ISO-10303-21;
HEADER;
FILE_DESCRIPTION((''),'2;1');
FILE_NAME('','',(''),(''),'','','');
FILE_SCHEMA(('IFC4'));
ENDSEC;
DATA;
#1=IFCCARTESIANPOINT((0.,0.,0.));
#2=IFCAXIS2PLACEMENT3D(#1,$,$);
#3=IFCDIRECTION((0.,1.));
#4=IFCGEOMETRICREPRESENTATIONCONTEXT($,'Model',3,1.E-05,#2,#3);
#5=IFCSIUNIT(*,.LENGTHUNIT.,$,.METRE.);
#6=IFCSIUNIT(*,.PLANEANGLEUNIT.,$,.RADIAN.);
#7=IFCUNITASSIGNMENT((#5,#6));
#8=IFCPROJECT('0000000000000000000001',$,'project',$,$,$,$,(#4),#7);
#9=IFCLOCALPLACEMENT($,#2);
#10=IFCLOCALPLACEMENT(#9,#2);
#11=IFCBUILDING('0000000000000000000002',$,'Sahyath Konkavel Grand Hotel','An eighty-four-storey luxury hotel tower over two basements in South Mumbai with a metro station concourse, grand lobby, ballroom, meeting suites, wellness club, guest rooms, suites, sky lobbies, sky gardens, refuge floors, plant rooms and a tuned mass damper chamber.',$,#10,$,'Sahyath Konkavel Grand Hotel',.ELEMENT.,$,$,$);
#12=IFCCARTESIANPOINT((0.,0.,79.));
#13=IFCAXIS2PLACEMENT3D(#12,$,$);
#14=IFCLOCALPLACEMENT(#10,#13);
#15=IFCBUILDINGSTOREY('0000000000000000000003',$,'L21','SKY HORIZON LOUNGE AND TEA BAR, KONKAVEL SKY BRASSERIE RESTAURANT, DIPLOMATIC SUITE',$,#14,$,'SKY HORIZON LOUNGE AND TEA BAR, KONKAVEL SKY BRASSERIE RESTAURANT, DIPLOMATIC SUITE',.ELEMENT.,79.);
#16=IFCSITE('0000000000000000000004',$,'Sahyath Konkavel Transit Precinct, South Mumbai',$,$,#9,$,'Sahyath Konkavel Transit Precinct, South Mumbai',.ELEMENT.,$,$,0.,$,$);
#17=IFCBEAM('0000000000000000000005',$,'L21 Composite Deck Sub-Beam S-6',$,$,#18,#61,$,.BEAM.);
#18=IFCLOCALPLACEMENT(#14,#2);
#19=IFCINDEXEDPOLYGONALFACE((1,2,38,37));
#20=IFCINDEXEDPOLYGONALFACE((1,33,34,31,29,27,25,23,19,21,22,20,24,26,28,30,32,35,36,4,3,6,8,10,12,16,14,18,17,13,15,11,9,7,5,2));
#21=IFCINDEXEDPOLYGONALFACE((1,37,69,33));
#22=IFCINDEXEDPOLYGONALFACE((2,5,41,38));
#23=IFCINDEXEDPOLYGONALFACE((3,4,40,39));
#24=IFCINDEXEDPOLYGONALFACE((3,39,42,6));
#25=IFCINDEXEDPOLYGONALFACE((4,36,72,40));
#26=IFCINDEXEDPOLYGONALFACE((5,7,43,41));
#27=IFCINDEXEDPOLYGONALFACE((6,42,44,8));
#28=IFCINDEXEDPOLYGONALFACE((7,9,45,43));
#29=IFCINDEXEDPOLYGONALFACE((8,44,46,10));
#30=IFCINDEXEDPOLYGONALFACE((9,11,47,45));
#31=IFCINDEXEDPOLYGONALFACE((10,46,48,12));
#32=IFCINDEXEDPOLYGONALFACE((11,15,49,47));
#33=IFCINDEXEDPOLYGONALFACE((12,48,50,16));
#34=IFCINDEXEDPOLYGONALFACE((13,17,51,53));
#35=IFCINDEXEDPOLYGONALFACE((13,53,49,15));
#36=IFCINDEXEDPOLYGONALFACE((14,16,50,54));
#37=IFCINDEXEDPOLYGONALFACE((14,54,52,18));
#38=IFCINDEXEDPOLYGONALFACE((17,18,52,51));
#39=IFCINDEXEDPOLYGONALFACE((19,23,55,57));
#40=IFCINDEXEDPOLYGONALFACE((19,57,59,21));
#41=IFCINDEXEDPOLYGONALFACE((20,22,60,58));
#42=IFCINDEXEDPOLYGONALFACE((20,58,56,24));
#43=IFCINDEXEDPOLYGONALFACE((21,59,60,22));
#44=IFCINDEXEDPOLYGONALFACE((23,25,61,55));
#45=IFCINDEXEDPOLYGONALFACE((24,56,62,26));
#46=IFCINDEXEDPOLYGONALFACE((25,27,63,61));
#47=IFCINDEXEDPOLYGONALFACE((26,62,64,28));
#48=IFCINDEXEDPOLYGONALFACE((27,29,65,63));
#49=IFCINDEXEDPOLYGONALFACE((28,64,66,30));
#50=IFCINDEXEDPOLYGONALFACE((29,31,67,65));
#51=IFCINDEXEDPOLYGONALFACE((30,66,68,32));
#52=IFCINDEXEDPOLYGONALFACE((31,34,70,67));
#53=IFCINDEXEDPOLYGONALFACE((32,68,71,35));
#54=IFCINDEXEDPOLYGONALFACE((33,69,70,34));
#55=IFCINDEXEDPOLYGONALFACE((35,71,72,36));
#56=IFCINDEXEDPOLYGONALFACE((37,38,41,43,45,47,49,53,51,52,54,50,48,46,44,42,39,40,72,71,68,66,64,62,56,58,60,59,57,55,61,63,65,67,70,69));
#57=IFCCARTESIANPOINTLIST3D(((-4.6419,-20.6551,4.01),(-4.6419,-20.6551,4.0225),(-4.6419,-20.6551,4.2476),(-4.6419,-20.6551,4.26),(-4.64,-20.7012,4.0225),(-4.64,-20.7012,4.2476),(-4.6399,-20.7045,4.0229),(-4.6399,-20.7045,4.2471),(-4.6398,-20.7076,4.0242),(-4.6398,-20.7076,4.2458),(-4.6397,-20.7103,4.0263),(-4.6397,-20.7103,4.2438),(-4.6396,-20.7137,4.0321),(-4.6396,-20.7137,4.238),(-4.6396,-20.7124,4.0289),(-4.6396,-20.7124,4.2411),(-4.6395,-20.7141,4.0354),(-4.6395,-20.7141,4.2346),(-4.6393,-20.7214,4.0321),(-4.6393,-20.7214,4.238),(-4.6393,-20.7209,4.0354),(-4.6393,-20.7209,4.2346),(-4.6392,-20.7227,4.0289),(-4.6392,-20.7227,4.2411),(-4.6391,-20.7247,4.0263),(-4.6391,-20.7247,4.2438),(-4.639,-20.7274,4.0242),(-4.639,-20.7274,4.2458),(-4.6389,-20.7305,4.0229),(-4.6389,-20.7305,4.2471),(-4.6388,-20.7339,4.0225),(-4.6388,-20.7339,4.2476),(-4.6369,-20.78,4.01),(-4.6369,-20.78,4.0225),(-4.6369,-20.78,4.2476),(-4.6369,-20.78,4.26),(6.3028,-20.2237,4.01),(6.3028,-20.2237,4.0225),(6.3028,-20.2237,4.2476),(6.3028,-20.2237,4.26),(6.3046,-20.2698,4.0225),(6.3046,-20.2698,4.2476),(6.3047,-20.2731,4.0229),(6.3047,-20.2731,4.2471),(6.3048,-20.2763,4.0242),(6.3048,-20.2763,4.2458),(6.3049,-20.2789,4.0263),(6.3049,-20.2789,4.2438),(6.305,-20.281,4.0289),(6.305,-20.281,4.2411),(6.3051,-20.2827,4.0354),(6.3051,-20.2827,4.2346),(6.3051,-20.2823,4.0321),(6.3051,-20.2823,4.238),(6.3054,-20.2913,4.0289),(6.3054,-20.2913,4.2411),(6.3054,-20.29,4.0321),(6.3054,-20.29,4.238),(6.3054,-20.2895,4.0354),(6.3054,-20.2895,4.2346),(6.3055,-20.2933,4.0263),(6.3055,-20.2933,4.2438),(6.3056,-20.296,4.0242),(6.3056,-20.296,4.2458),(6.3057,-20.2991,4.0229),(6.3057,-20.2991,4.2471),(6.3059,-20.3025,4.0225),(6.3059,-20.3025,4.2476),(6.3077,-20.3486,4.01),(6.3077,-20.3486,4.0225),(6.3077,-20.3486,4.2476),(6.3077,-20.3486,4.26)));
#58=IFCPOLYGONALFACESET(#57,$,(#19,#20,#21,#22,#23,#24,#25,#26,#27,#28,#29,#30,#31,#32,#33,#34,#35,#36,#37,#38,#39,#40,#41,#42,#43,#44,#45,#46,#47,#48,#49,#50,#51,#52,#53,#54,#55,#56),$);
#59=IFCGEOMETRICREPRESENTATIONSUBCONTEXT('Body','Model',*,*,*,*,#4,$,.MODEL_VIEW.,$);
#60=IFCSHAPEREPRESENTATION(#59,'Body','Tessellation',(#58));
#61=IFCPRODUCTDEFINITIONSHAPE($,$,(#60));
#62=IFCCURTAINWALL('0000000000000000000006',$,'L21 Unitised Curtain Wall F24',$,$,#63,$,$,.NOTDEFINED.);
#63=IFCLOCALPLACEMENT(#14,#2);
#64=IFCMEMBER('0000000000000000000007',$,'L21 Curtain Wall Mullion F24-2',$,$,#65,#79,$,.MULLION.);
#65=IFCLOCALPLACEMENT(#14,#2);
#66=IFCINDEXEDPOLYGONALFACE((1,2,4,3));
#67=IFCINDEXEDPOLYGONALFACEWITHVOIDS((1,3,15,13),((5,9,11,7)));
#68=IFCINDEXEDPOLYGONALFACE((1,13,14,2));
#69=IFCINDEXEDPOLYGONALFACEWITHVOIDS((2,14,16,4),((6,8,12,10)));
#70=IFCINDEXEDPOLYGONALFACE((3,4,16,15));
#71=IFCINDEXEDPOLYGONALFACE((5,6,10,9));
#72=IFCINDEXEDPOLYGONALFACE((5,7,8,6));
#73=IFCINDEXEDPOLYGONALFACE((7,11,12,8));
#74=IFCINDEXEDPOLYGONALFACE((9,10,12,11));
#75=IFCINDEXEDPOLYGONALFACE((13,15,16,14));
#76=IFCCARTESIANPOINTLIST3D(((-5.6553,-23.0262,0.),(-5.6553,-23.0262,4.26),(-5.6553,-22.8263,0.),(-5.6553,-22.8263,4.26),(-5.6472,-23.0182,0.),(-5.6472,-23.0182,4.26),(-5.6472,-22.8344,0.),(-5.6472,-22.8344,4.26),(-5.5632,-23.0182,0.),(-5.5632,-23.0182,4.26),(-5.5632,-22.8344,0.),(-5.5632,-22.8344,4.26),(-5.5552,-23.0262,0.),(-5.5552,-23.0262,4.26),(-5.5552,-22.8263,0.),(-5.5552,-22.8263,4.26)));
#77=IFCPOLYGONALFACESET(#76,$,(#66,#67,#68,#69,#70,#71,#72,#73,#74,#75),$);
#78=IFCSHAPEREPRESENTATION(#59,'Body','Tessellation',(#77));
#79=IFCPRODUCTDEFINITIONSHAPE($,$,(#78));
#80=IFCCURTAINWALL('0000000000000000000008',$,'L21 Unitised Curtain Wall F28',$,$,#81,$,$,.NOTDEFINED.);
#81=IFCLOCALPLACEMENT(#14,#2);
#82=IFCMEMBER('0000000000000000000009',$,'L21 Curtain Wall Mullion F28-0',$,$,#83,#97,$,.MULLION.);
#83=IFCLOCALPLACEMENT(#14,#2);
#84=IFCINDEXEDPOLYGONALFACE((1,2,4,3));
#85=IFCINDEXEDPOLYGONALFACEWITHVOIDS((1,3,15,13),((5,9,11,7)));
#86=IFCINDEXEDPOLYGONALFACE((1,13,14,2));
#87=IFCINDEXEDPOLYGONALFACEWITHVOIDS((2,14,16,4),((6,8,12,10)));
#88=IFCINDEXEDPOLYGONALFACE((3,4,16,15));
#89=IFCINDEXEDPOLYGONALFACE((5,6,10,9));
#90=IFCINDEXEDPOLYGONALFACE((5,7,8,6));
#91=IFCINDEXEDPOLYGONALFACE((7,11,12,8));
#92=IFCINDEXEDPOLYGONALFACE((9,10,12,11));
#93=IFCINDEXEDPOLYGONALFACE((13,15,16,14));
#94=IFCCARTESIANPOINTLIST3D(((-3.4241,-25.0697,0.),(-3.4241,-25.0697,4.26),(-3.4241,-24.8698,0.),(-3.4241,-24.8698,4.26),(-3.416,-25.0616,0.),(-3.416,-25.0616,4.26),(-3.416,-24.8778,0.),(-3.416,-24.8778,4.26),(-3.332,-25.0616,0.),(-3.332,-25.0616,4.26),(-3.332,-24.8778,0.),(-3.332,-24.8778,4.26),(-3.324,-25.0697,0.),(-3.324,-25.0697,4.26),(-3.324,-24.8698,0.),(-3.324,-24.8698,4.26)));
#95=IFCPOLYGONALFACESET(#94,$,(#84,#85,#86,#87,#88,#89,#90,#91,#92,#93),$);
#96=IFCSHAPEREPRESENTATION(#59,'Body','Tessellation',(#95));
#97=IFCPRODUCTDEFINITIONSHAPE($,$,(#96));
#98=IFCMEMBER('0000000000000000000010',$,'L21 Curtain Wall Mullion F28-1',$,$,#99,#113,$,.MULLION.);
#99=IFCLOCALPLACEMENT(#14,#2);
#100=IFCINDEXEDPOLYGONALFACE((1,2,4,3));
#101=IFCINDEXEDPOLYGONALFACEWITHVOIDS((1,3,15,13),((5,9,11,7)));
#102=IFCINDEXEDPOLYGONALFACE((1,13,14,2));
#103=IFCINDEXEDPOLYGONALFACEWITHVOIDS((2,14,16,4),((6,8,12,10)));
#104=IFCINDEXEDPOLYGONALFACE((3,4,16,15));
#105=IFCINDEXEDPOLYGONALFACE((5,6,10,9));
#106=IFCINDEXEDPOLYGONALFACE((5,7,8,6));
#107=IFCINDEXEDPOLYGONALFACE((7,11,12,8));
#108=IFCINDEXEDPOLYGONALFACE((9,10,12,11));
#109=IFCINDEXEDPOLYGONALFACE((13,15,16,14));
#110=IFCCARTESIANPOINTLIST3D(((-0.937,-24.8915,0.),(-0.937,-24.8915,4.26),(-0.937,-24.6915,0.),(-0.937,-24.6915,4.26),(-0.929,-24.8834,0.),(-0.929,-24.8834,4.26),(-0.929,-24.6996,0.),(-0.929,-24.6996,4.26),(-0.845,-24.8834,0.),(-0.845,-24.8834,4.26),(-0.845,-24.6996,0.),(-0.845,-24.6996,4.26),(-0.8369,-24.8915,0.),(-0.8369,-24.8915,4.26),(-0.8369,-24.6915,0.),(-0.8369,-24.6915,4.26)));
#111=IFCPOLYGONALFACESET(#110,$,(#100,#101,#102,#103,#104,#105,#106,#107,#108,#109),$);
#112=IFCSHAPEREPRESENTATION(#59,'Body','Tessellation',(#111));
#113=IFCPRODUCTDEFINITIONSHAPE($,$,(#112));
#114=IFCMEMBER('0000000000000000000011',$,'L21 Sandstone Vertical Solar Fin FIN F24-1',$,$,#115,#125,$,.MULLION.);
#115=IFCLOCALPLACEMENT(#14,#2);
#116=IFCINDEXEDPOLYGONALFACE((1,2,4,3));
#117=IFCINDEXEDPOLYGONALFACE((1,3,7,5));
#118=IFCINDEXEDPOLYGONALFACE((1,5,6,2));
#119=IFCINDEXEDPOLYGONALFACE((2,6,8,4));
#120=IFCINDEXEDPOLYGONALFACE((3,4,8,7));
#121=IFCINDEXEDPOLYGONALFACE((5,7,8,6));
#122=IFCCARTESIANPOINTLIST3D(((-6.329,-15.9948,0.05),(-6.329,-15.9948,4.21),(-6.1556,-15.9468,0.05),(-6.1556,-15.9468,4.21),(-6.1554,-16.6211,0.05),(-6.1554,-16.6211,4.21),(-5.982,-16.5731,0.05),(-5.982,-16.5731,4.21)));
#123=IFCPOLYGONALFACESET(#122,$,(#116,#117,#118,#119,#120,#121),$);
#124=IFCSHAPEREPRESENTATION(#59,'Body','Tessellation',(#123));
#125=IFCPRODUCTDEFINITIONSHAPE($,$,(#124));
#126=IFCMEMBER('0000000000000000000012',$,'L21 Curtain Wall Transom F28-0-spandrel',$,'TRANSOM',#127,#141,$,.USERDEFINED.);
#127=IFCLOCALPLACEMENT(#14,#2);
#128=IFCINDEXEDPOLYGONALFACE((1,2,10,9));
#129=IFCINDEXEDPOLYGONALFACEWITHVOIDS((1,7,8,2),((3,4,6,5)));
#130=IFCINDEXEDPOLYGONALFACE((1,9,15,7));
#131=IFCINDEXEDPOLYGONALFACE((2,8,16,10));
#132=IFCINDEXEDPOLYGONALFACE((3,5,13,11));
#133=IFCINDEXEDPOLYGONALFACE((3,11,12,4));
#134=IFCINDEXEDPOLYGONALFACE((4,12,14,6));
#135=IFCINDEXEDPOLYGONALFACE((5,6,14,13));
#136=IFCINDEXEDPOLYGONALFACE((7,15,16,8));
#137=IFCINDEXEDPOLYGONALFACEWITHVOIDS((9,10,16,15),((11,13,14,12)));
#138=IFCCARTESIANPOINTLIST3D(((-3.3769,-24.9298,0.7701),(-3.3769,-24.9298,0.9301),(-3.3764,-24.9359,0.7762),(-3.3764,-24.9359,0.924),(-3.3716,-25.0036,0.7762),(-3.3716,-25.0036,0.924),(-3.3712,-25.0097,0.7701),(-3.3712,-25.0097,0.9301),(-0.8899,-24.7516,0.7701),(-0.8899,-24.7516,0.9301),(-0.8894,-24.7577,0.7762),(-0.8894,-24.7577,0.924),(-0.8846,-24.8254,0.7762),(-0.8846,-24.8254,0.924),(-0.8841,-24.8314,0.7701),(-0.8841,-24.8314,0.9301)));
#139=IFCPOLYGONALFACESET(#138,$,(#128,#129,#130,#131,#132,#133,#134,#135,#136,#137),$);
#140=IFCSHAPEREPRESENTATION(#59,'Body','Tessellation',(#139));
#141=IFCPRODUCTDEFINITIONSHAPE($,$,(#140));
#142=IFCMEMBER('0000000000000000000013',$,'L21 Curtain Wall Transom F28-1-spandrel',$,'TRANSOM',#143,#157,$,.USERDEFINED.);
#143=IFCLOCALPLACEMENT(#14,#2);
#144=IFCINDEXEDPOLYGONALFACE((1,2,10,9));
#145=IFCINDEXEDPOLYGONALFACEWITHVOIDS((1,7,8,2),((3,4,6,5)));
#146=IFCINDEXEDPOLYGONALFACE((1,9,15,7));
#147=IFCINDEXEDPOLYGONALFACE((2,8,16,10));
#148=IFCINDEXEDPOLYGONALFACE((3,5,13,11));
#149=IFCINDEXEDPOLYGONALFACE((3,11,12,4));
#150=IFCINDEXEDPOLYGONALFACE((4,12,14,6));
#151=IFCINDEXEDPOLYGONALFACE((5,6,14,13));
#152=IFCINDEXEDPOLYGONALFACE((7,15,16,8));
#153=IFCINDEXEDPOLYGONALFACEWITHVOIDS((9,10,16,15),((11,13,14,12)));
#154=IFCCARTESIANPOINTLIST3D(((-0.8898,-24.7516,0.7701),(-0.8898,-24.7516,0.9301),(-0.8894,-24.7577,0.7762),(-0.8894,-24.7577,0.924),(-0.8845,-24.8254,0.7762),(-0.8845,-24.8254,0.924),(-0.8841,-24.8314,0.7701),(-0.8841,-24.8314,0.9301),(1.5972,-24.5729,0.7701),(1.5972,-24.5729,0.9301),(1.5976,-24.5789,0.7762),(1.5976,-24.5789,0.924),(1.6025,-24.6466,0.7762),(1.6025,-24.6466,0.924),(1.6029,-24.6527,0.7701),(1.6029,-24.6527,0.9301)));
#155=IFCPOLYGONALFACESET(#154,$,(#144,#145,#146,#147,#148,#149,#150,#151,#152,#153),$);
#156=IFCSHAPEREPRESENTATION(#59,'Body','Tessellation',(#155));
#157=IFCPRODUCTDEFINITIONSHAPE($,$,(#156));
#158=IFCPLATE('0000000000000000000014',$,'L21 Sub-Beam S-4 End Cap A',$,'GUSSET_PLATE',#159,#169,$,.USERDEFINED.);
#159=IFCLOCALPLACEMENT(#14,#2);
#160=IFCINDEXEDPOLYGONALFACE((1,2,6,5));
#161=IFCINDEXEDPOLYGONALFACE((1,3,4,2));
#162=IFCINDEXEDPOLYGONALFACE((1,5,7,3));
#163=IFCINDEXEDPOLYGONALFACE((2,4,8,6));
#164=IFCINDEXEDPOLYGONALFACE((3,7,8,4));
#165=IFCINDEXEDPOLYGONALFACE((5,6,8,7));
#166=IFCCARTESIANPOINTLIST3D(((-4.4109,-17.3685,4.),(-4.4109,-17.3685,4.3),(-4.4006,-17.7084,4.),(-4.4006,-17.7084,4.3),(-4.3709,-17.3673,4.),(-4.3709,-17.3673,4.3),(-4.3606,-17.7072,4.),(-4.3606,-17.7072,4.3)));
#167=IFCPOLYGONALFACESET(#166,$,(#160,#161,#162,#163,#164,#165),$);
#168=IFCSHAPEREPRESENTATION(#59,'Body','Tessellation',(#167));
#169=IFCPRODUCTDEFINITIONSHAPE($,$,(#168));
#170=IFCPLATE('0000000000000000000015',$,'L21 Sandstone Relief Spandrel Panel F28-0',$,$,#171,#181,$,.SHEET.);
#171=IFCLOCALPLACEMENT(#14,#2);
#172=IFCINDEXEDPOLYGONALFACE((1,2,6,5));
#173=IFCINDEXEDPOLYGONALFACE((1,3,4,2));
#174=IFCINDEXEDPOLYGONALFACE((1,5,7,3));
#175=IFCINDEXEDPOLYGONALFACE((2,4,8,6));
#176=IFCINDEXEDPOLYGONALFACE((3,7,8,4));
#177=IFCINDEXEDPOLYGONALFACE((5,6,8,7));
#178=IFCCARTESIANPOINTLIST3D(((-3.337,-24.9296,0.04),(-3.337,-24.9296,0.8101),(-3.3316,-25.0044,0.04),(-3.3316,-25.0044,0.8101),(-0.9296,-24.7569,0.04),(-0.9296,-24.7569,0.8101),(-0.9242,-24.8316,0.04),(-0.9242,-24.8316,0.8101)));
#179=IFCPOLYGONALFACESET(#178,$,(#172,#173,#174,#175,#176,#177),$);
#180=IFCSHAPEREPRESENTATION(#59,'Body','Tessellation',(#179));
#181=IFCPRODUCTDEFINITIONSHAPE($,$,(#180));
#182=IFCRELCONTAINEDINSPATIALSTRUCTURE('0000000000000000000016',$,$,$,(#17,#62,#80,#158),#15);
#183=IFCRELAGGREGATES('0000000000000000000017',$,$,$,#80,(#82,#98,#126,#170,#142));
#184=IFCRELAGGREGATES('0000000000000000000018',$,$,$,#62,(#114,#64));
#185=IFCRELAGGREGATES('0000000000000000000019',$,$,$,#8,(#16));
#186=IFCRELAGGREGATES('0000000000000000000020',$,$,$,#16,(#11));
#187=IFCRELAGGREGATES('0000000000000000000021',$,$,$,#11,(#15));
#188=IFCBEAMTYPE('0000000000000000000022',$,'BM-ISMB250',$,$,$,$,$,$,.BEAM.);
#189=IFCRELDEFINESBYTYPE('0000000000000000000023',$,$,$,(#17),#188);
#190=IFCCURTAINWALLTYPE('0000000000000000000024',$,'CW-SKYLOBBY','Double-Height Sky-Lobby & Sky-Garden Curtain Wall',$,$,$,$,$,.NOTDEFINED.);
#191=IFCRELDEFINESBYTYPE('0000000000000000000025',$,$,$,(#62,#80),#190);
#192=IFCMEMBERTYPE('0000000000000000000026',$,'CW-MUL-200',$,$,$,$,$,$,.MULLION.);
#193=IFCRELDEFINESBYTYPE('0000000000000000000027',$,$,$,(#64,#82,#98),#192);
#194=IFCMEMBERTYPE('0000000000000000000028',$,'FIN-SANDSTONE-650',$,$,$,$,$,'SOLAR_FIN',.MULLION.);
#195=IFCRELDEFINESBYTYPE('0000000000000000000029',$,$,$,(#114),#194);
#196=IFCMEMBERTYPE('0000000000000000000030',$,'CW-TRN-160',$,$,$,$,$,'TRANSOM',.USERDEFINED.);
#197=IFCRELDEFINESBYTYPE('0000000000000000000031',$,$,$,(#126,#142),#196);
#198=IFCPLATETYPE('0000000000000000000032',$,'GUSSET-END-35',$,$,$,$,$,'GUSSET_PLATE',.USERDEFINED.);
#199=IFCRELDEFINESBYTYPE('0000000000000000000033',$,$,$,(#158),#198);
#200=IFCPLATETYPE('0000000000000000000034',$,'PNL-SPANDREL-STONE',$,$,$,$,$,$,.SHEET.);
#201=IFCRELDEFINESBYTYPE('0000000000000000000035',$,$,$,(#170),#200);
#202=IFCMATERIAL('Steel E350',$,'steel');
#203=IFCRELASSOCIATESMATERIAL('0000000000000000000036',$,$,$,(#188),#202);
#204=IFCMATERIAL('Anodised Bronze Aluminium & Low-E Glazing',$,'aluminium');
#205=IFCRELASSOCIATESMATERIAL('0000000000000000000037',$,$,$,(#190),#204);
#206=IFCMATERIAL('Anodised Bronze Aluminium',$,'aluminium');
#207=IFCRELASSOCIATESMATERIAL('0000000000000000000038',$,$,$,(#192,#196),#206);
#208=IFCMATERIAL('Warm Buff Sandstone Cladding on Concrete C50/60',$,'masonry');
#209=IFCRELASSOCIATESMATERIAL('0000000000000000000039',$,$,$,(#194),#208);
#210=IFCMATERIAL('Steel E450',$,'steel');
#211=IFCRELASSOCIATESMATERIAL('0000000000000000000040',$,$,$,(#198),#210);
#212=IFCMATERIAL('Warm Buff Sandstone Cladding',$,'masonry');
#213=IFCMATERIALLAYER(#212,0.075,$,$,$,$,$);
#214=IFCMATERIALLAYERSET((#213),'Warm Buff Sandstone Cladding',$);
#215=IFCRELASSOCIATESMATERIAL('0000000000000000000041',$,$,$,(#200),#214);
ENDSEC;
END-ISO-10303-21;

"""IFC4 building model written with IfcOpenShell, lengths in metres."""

from ifc_helpers import new_model, si_unit, direction, frame, origin, origin_2d, place, context, subcontext, project, spatial, rectangle, hollow_rectangle, i_section, extrude, source, transform, mapped, material, layer, layer_set, material_profile, profile_set, type_object, element, aggregate, save


model = new_model("IFC4")

# Units and contexts
model_context = context("Model", 3, precision=1e-05, world=origin(), true_north=direction((0.0, 1.0)))
body_context = subcontext(model_context, "Body", "Model", "MODEL_VIEW")
ifc_project = project(units=[si_unit("LENGTHUNIT", "METRE"), si_unit("PLANEANGLEUNIT", "RADIAN")], contexts=[model_context])

# Site, building, storey
site_placement = place(None, origin())
site = spatial("IfcSite", under=ifc_project, at=site_placement, Name="Sahyath Konkavel Transit Precinct, South Mumbai", LongName="Sahyath Konkavel Transit Precinct, South Mumbai", CompositionType="ELEMENT", RefElevation=0.0)
building_placement = place(site_placement, origin())
building = spatial("IfcBuilding", under=site, at=building_placement, Name="Sahyath Konkavel Grand Hotel", Description="An eighty-four-storey luxury hotel tower over two basements in South Mumbai with a metro station concourse, grand lobby, ballroom, meeting suites, wellness club, guest rooms, suites, sky lobbies, sky gardens, refuge floors, plant rooms and a tuned mass damper chamber.", LongName="Sahyath Konkavel Grand Hotel", CompositionType="ELEMENT")
storey_placement = place(building_placement, frame((0.0, 0.0, 79.0)))
storey = spatial("IfcBuildingStorey", under=building, at=storey_placement, Name="L21", Description="SKY HORIZON LOUNGE AND TEA BAR, KONKAVEL SKY BRASSERIE RESTAURANT, DIPLOMATIC SUITE", LongName="SKY HORIZON LOUNGE AND TEA BAR, KONKAVEL SKY BRASSERIE RESTAURANT, DIPLOMATIC SUITE", CompositionType="ELEMENT", Elevation=79.0)

# Beam
ifc_material_1 = material(Name="Steel E350", Category="steel")
ifc_material_profile_1 = material_profile(ifc_material_1, i_section(OverallWidth=0.125, OverallDepth=0.25, WebThickness=0.0068, FlangeThickness=0.0125, FilletRadius=0.0129, at=origin_2d()), Name="ISMB 250")
ifc_profile_set_1 = profile_set([ifc_material_profile_1], Name="Steel E350")
beam_type_1 = type_object("IfcBeamType", Name="BM-ISMB250", PredefinedType="BEAM", material=ifc_profile_set_1)
shared_shape_1 = source(origin(), body_context, "Body", "SweptSolid", [
    extrude(i_section(OverallWidth=0.125, OverallDepth=0.25, WebThickness=0.0068, FlangeThickness=0.0125, FilletRadius=0.0129, at=origin_2d()), origin(), (0.0, 0.0, 1.0), 10.9531),
])
beam_1_placement = place(storey_placement, frame((-4.6394, -20.7175, 4.135), z_axis=(0.999224, 0.039386, 0.0), x_axis=(-0.039386, 0.999224, 0.0)))
element("IfcBeam", 1, at=beam_1_placement, inside=storey, type_object=beam_type_1, Name="L21 Composite Deck Sub-Beam S-6", PredefinedType="BEAM", context=body_context, shape_type="MappedRepresentation", body=[
    mapped(shared_shape_1, transform((0.0, 0.0, 0.0), scale=1.0)),
])

# Curtain wall, member
ifc_material_2 = material(Name="Anodised Bronze Aluminium & Low-E Glazing", Category="aluminium")
curtain_wall_type = type_object("IfcCurtainWallType", Name="CW-SKYLOBBY", Description="Double-Height Sky-Lobby & Sky-Garden Curtain Wall", PredefinedType="NOTDEFINED", material=ifc_material_2)
curtain_wall_1_placement = place(storey_placement, origin())
curtain_wall_1 = element("IfcCurtainWall", 2, at=curtain_wall_1_placement, inside=storey, type_object=curtain_wall_type, Name="L21 Unitised Curtain Wall F24", PredefinedType="NOTDEFINED")
ifc_material_3 = material(Name="Anodised Bronze Aluminium", Category="aluminium")
ifc_material_profile_2 = material_profile(ifc_material_3, hollow_rectangle(XDim=0.1001, YDim=0.2, WallThickness=0.0081, at=origin_2d()), Name="RHS 200x100x8")
ifc_profile_set_2 = profile_set([ifc_material_profile_2], Name="Anodised Bronze Aluminium")
member_type_1 = type_object("IfcMemberType", Name="CW-MUL-200", PredefinedType="MULLION", material=ifc_profile_set_2)
shared_shape_2 = source(origin(), body_context, "Body", "SweptSolid", [
    extrude(hollow_rectangle(XDim=0.1001, YDim=0.2, WallThickness=0.0081, at=origin_2d()), origin(), (0.0, 0.0, 1.0), 4.26),
])
member_1_placement = place(storey_placement, frame((-5.6052, -22.9263, 0.0), z_axis=(0.0, 0.0, 1.0), x_axis=(1.0, 0.0, 0.0)))
member_1 = element("IfcMember", 3, at=member_1_placement, type_object=member_type_1, Name="L21 Curtain Wall Mullion F24-2", PredefinedType="MULLION", context=body_context, shape_type="MappedRepresentation", body=[
    mapped(shared_shape_2, transform((0.0, 0.0, 0.0), scale=1.0)),
])

# Curtain wall, members
curtain_wall_2_placement = place(storey_placement, origin())
curtain_wall_2 = element("IfcCurtainWall", 4, at=curtain_wall_2_placement, inside=storey, type_object=curtain_wall_type, Name="L21 Unitised Curtain Wall F28", PredefinedType="NOTDEFINED")
member_2_placement = place(storey_placement, frame((-3.374, -24.9697, 0.0), z_axis=(0.0, 0.0, 1.0), x_axis=(1.0, 0.0, 0.0)))
member_2 = element("IfcMember", 5, at=member_2_placement, type_object=member_type_1, Name="L21 Curtain Wall Mullion F28-0", PredefinedType="MULLION", context=body_context, shape_type="MappedRepresentation", body=[
    mapped(shared_shape_2, transform((0.0, 0.0, 0.0), scale=1.0)),
])
member_3_placement = place(storey_placement, frame((-0.887, -24.7915, 0.0), z_axis=(0.0, 0.0, 1.0), x_axis=(1.0, 0.0, 0.0)))
member_3 = element("IfcMember", 6, at=member_3_placement, type_object=member_type_1, Name="L21 Curtain Wall Mullion F28-1", PredefinedType="MULLION", context=body_context, shape_type="MappedRepresentation", body=[
    mapped(shared_shape_2, transform((0.0, 0.0, 0.0), scale=1.0)),
])

# Members
ifc_material_4 = material(Name="Warm Buff Sandstone Cladding on Concrete C50/60", Category="masonry")
ifc_material_profile_3 = material_profile(ifc_material_4, rectangle(XDim=0.1799, YDim=0.6499, at=origin_2d()), Name="FIN 180x650")
ifc_profile_set_3 = profile_set([ifc_material_profile_3], Name="Warm Buff Sandstone Cladding on Concrete C50/60")
member_type_2 = type_object("IfcMemberType", Name="FIN-SANDSTONE-650", ElementType="SOLAR_FIN", PredefinedType="MULLION", material=ifc_profile_set_3)
shared_shape_3 = source(origin(), body_context, "Body", "SweptSolid", [
    extrude(rectangle(XDim=0.1799, YDim=0.6499, at=origin_2d()), origin(), (0.0, 0.0, 1.0), 4.1599),
])
member_4_placement = place(storey_placement, frame((-6.1555, -16.2839, 0.05), z_axis=(0.0, 0.0, 1.0), x_axis=(0.963677, 0.26707, 0.0)))
member_4 = element("IfcMember", 7, at=member_4_placement, type_object=member_type_2, Name="L21 Sandstone Vertical Solar Fin FIN F24-1", PredefinedType="MULLION", context=body_context, shape_type="MappedRepresentation", body=[
    mapped(shared_shape_3, transform((0.0, 0.0, 0.0), scale=1.0)),
])
ifc_material_profile_4 = material_profile(ifc_material_3, hollow_rectangle(XDim=0.0801, YDim=0.1599, WallThickness=0.0061, at=origin_2d()), Name="RHS 160x80x6")
ifc_profile_set_4 = profile_set([ifc_material_profile_4], Name="Anodised Bronze Aluminium")
member_type_3 = type_object("IfcMemberType", Name="CW-TRN-160", ElementType="TRANSOM", PredefinedType="USERDEFINED", material=ifc_profile_set_4)
shared_shape_4 = source(origin(), body_context, "Body", "SweptSolid", [
    extrude(hollow_rectangle(XDim=0.0801, YDim=0.1599, WallThickness=0.0061, at=origin_2d()), origin(), (0.0, 0.0, 1.0), 2.4934),
])
member_5_placement = place(storey_placement, frame((-3.374, -24.9697, 0.8501), z_axis=(0.997442, 0.071477, 0.0), x_axis=(-0.071477, 0.997442, 0.0)))
member_5 = element("IfcMember", 8, at=member_5_placement, type_object=member_type_3, Name="L21 Curtain Wall Transom F28-0-spandrel", ObjectType="TRANSOM", PredefinedType="USERDEFINED", context=body_context, shape_type="MappedRepresentation", body=[
    mapped(shared_shape_4, transform((0.0, 0.0, 0.0), scale=1.0)),
])
member_6_placement = place(storey_placement, frame((-0.887, -24.7915, 0.8501), z_axis=(0.997428, 0.071671, 0.0), x_axis=(-0.071671, 0.997428, 0.0)))
member_6 = element("IfcMember", 9, at=member_6_placement, type_object=member_type_3, Name="L21 Curtain Wall Transom F28-1-spandrel", ObjectType="TRANSOM", PredefinedType="USERDEFINED", context=body_context, shape_type="MappedRepresentation", body=[
    mapped(shared_shape_4, transform((0.0, 0.0, 0.0), scale=1.0)),
])

# Plates
ifc_material_5 = material(Name="Steel E450", Category="steel")
plate_type_1 = type_object("IfcPlateType", Name="GUSSET-END-35", ElementType="GUSSET_PLATE", PredefinedType="USERDEFINED", material=ifc_material_5)
shared_shape_5 = source(origin(), body_context, "Body", "SweptSolid", [
    extrude(rectangle(XDim=0.04, YDim=0.3401, at=origin_2d()), origin(), (0.0, 0.0, 1.0), 0.3),
])
plate_1_placement = place(storey_placement, frame((-4.3857, -17.5378, 4.0), z_axis=(0.0, 0.0, 1.0), x_axis=(0.999542, 0.030277, 0.0)))
element("IfcPlate", 10, at=plate_1_placement, inside=storey, type_object=plate_type_1, Name="L21 Sub-Beam S-4 End Cap A", ObjectType="GUSSET_PLATE", PredefinedType="USERDEFINED", context=body_context, shape_type="MappedRepresentation", body=[
    mapped(shared_shape_5, transform((0.0, 0.0, 0.0), scale=1.0)),
])
ifc_material_6 = material(Name="Warm Buff Sandstone Cladding", Category="masonry")
ifc_layer_1 = layer(ifc_material_6, 0.075)
ifc_layer_set_1 = layer_set([ifc_layer_1], Name="Warm Buff Sandstone Cladding")
plate_type_2 = type_object("IfcPlateType", Name="PNL-SPANDREL-STONE", PredefinedType="SHEET", material=ifc_layer_set_1)
shared_shape_6 = source(origin(), body_context, "Body", "SweptSolid", [
    extrude(rectangle(XDim=2.4136, YDim=0.075, at=origin_2d()), origin(), (0.0, 0.0, 1.0), 0.77),
])
plate_2_placement = place(storey_placement, frame((-2.1306, -24.8806, 0.04), z_axis=(0.0, 0.0, 1.0), x_axis=(0.997436, 0.071567, 0.0)))
plate_2 = element("IfcPlate", 11, at=plate_2_placement, type_object=plate_type_2, Name="L21 Sandstone Relief Spandrel Panel F28-0", PredefinedType="SHEET", context=body_context, shape_type="MappedRepresentation", body=[
    mapped(shared_shape_6, transform((0.0, 0.0, 0.0), scale=1.0)),
])
aggregate(curtain_wall_2, [member_2, member_3, member_5, plate_2, member_6])
aggregate(curtain_wall_1, [member_4, member_1])

save(model, "model.ifc")
